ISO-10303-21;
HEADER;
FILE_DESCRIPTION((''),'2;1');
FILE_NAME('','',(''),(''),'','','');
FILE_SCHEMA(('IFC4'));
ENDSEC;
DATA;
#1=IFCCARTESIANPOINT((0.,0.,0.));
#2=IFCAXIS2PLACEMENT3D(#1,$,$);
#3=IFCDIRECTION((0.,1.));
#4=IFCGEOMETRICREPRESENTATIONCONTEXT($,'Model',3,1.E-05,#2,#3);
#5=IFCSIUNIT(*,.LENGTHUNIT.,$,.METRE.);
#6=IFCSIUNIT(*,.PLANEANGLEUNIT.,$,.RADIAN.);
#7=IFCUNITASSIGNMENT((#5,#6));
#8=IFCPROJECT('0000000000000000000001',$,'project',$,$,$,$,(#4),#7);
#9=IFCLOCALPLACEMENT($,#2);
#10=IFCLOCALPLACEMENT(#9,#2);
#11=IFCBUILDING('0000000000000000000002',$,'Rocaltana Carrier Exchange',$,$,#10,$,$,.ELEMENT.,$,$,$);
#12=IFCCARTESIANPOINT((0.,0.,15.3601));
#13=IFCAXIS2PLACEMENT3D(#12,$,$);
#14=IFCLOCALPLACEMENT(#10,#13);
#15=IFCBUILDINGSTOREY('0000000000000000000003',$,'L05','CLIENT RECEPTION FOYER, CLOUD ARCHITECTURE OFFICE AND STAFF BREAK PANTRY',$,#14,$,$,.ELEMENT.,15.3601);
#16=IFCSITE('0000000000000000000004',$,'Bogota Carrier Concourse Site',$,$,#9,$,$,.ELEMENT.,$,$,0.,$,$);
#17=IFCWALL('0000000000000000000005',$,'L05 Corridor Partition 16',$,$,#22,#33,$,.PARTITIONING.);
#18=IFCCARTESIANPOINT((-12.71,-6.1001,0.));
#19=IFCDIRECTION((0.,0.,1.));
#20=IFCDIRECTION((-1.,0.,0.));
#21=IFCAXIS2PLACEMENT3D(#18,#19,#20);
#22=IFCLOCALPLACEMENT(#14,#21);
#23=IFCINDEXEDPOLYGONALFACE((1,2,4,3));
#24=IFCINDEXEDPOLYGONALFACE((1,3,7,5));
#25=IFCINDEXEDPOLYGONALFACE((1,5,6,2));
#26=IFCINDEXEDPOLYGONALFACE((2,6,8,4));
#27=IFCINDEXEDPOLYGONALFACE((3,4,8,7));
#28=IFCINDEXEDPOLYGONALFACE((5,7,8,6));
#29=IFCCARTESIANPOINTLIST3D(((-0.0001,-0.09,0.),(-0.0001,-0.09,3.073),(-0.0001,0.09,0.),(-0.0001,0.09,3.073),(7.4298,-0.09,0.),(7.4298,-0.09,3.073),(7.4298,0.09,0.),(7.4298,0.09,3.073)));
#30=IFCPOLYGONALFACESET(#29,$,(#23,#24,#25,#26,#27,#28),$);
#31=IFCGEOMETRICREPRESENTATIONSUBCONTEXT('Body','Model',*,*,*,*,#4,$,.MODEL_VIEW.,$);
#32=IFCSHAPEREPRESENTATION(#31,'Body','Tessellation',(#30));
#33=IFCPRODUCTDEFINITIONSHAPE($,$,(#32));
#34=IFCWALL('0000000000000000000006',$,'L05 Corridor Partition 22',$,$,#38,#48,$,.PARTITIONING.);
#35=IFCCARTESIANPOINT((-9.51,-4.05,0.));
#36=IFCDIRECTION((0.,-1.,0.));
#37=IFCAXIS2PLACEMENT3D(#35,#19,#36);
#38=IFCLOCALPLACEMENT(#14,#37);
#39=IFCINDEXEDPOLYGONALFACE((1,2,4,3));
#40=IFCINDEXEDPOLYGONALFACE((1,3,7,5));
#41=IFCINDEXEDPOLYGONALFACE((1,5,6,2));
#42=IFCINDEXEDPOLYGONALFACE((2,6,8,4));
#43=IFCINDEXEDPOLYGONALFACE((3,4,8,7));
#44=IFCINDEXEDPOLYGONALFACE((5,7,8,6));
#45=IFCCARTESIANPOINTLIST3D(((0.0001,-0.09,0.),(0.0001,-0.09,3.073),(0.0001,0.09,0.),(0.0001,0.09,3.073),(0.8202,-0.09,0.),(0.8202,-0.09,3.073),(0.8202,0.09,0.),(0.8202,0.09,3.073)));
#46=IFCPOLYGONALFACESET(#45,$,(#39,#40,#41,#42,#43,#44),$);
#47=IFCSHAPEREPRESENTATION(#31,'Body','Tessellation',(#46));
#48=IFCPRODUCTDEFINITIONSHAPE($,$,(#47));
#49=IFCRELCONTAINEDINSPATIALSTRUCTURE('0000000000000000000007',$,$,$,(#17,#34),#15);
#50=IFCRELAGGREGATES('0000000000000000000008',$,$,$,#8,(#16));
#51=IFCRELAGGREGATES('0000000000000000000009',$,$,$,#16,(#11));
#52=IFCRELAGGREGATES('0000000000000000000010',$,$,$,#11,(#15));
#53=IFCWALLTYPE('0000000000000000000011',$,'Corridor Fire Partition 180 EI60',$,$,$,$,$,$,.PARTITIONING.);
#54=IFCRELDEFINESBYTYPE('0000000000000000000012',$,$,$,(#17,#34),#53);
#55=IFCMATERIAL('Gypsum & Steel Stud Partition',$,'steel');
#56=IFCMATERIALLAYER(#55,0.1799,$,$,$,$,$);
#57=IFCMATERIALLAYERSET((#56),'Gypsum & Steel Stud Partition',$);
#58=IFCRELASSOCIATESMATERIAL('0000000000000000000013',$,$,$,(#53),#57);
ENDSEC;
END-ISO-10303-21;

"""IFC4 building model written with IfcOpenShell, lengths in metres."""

from ifc_helpers import new_model, si_unit, direction, frame, frame_2d, origin, place, context, subcontext, project, spatial, rectangle, extrude, material, layer, layer_set, type_object, element, save


model = new_model("IFC4")

# Units and contexts
model_context = context("Model", 3, precision=1e-05, world=origin(), true_north=direction((0.0, 1.0)))
body_context = subcontext(model_context, "Body", "Model", "MODEL_VIEW")
ifc_project = project(units=[si_unit("LENGTHUNIT", "METRE"), si_unit("PLANEANGLEUNIT", "RADIAN")], contexts=[model_context])

# Site, building, storey
site_placement = place(None, origin())
site = spatial("IfcSite", under=ifc_project, at=site_placement, Name="Bogota Carrier Concourse Site", CompositionType="ELEMENT", RefElevation=0.0)
building_placement = place(site_placement, origin())
building = spatial("IfcBuilding", under=site, at=building_placement, Name="Rocaltana Carrier Exchange", CompositionType="ELEMENT")
storey_placement = place(building_placement, frame((0.0, 0.0, 15.3601)))
storey = spatial("IfcBuildingStorey", under=building, at=storey_placement, Name="L05", Description="CLIENT RECEPTION FOYER, CLOUD ARCHITECTURE OFFICE AND STAFF BREAK PANTRY", CompositionType="ELEMENT", Elevation=15.3601)

# Shared definitions
ifc_material_1 = material(Name="Gypsum & Steel Stud Partition", Category="steel")
ifc_layer_1 = layer(ifc_material_1, 0.1799)
ifc_layer_set_1 = layer_set([ifc_layer_1], Name="Gypsum & Steel Stud Partition")
wall_type_1 = type_object("IfcWallType", Name="Corridor Fire Partition 180 EI60", PredefinedType="PARTITIONING", material=ifc_layer_set_1)

# Walls
wall_1_placement = place(storey_placement, frame((-12.71, -6.1001, 0.0), z_axis=(0.0, 0.0, 1.0), x_axis=(-1.0, 0.0, 0.0)))
element("IfcWall", 1, at=wall_1_placement, inside=storey, type_object=wall_type_1, Name="L05 Corridor Partition 16", PredefinedType="PARTITIONING", context=body_context, shape_type="SweptSolid", body=[
    extrude(rectangle(XDim=7.4299, YDim=0.1799, at=frame_2d((3.7148, 0.0))), origin(), (0.0, 0.0, 1.0), 3.073),
])
wall_2_placement = place(storey_placement, frame((-9.51, -4.05, 0.0), z_axis=(0.0, 0.0, 1.0), x_axis=(0.0, -1.0, 0.0)))
element("IfcWall", 2, at=wall_2_placement, inside=storey, type_object=wall_type_1, Name="L05 Corridor Partition 22", PredefinedType="PARTITIONING", context=body_context, shape_type="SweptSolid", body=[
    extrude(rectangle(XDim=0.8201, YDim=0.1799, at=frame_2d((0.4102, 0.0))), origin(), (0.0, 0.0, 1.0), 3.073),
])

save(model, "model.ifc")
